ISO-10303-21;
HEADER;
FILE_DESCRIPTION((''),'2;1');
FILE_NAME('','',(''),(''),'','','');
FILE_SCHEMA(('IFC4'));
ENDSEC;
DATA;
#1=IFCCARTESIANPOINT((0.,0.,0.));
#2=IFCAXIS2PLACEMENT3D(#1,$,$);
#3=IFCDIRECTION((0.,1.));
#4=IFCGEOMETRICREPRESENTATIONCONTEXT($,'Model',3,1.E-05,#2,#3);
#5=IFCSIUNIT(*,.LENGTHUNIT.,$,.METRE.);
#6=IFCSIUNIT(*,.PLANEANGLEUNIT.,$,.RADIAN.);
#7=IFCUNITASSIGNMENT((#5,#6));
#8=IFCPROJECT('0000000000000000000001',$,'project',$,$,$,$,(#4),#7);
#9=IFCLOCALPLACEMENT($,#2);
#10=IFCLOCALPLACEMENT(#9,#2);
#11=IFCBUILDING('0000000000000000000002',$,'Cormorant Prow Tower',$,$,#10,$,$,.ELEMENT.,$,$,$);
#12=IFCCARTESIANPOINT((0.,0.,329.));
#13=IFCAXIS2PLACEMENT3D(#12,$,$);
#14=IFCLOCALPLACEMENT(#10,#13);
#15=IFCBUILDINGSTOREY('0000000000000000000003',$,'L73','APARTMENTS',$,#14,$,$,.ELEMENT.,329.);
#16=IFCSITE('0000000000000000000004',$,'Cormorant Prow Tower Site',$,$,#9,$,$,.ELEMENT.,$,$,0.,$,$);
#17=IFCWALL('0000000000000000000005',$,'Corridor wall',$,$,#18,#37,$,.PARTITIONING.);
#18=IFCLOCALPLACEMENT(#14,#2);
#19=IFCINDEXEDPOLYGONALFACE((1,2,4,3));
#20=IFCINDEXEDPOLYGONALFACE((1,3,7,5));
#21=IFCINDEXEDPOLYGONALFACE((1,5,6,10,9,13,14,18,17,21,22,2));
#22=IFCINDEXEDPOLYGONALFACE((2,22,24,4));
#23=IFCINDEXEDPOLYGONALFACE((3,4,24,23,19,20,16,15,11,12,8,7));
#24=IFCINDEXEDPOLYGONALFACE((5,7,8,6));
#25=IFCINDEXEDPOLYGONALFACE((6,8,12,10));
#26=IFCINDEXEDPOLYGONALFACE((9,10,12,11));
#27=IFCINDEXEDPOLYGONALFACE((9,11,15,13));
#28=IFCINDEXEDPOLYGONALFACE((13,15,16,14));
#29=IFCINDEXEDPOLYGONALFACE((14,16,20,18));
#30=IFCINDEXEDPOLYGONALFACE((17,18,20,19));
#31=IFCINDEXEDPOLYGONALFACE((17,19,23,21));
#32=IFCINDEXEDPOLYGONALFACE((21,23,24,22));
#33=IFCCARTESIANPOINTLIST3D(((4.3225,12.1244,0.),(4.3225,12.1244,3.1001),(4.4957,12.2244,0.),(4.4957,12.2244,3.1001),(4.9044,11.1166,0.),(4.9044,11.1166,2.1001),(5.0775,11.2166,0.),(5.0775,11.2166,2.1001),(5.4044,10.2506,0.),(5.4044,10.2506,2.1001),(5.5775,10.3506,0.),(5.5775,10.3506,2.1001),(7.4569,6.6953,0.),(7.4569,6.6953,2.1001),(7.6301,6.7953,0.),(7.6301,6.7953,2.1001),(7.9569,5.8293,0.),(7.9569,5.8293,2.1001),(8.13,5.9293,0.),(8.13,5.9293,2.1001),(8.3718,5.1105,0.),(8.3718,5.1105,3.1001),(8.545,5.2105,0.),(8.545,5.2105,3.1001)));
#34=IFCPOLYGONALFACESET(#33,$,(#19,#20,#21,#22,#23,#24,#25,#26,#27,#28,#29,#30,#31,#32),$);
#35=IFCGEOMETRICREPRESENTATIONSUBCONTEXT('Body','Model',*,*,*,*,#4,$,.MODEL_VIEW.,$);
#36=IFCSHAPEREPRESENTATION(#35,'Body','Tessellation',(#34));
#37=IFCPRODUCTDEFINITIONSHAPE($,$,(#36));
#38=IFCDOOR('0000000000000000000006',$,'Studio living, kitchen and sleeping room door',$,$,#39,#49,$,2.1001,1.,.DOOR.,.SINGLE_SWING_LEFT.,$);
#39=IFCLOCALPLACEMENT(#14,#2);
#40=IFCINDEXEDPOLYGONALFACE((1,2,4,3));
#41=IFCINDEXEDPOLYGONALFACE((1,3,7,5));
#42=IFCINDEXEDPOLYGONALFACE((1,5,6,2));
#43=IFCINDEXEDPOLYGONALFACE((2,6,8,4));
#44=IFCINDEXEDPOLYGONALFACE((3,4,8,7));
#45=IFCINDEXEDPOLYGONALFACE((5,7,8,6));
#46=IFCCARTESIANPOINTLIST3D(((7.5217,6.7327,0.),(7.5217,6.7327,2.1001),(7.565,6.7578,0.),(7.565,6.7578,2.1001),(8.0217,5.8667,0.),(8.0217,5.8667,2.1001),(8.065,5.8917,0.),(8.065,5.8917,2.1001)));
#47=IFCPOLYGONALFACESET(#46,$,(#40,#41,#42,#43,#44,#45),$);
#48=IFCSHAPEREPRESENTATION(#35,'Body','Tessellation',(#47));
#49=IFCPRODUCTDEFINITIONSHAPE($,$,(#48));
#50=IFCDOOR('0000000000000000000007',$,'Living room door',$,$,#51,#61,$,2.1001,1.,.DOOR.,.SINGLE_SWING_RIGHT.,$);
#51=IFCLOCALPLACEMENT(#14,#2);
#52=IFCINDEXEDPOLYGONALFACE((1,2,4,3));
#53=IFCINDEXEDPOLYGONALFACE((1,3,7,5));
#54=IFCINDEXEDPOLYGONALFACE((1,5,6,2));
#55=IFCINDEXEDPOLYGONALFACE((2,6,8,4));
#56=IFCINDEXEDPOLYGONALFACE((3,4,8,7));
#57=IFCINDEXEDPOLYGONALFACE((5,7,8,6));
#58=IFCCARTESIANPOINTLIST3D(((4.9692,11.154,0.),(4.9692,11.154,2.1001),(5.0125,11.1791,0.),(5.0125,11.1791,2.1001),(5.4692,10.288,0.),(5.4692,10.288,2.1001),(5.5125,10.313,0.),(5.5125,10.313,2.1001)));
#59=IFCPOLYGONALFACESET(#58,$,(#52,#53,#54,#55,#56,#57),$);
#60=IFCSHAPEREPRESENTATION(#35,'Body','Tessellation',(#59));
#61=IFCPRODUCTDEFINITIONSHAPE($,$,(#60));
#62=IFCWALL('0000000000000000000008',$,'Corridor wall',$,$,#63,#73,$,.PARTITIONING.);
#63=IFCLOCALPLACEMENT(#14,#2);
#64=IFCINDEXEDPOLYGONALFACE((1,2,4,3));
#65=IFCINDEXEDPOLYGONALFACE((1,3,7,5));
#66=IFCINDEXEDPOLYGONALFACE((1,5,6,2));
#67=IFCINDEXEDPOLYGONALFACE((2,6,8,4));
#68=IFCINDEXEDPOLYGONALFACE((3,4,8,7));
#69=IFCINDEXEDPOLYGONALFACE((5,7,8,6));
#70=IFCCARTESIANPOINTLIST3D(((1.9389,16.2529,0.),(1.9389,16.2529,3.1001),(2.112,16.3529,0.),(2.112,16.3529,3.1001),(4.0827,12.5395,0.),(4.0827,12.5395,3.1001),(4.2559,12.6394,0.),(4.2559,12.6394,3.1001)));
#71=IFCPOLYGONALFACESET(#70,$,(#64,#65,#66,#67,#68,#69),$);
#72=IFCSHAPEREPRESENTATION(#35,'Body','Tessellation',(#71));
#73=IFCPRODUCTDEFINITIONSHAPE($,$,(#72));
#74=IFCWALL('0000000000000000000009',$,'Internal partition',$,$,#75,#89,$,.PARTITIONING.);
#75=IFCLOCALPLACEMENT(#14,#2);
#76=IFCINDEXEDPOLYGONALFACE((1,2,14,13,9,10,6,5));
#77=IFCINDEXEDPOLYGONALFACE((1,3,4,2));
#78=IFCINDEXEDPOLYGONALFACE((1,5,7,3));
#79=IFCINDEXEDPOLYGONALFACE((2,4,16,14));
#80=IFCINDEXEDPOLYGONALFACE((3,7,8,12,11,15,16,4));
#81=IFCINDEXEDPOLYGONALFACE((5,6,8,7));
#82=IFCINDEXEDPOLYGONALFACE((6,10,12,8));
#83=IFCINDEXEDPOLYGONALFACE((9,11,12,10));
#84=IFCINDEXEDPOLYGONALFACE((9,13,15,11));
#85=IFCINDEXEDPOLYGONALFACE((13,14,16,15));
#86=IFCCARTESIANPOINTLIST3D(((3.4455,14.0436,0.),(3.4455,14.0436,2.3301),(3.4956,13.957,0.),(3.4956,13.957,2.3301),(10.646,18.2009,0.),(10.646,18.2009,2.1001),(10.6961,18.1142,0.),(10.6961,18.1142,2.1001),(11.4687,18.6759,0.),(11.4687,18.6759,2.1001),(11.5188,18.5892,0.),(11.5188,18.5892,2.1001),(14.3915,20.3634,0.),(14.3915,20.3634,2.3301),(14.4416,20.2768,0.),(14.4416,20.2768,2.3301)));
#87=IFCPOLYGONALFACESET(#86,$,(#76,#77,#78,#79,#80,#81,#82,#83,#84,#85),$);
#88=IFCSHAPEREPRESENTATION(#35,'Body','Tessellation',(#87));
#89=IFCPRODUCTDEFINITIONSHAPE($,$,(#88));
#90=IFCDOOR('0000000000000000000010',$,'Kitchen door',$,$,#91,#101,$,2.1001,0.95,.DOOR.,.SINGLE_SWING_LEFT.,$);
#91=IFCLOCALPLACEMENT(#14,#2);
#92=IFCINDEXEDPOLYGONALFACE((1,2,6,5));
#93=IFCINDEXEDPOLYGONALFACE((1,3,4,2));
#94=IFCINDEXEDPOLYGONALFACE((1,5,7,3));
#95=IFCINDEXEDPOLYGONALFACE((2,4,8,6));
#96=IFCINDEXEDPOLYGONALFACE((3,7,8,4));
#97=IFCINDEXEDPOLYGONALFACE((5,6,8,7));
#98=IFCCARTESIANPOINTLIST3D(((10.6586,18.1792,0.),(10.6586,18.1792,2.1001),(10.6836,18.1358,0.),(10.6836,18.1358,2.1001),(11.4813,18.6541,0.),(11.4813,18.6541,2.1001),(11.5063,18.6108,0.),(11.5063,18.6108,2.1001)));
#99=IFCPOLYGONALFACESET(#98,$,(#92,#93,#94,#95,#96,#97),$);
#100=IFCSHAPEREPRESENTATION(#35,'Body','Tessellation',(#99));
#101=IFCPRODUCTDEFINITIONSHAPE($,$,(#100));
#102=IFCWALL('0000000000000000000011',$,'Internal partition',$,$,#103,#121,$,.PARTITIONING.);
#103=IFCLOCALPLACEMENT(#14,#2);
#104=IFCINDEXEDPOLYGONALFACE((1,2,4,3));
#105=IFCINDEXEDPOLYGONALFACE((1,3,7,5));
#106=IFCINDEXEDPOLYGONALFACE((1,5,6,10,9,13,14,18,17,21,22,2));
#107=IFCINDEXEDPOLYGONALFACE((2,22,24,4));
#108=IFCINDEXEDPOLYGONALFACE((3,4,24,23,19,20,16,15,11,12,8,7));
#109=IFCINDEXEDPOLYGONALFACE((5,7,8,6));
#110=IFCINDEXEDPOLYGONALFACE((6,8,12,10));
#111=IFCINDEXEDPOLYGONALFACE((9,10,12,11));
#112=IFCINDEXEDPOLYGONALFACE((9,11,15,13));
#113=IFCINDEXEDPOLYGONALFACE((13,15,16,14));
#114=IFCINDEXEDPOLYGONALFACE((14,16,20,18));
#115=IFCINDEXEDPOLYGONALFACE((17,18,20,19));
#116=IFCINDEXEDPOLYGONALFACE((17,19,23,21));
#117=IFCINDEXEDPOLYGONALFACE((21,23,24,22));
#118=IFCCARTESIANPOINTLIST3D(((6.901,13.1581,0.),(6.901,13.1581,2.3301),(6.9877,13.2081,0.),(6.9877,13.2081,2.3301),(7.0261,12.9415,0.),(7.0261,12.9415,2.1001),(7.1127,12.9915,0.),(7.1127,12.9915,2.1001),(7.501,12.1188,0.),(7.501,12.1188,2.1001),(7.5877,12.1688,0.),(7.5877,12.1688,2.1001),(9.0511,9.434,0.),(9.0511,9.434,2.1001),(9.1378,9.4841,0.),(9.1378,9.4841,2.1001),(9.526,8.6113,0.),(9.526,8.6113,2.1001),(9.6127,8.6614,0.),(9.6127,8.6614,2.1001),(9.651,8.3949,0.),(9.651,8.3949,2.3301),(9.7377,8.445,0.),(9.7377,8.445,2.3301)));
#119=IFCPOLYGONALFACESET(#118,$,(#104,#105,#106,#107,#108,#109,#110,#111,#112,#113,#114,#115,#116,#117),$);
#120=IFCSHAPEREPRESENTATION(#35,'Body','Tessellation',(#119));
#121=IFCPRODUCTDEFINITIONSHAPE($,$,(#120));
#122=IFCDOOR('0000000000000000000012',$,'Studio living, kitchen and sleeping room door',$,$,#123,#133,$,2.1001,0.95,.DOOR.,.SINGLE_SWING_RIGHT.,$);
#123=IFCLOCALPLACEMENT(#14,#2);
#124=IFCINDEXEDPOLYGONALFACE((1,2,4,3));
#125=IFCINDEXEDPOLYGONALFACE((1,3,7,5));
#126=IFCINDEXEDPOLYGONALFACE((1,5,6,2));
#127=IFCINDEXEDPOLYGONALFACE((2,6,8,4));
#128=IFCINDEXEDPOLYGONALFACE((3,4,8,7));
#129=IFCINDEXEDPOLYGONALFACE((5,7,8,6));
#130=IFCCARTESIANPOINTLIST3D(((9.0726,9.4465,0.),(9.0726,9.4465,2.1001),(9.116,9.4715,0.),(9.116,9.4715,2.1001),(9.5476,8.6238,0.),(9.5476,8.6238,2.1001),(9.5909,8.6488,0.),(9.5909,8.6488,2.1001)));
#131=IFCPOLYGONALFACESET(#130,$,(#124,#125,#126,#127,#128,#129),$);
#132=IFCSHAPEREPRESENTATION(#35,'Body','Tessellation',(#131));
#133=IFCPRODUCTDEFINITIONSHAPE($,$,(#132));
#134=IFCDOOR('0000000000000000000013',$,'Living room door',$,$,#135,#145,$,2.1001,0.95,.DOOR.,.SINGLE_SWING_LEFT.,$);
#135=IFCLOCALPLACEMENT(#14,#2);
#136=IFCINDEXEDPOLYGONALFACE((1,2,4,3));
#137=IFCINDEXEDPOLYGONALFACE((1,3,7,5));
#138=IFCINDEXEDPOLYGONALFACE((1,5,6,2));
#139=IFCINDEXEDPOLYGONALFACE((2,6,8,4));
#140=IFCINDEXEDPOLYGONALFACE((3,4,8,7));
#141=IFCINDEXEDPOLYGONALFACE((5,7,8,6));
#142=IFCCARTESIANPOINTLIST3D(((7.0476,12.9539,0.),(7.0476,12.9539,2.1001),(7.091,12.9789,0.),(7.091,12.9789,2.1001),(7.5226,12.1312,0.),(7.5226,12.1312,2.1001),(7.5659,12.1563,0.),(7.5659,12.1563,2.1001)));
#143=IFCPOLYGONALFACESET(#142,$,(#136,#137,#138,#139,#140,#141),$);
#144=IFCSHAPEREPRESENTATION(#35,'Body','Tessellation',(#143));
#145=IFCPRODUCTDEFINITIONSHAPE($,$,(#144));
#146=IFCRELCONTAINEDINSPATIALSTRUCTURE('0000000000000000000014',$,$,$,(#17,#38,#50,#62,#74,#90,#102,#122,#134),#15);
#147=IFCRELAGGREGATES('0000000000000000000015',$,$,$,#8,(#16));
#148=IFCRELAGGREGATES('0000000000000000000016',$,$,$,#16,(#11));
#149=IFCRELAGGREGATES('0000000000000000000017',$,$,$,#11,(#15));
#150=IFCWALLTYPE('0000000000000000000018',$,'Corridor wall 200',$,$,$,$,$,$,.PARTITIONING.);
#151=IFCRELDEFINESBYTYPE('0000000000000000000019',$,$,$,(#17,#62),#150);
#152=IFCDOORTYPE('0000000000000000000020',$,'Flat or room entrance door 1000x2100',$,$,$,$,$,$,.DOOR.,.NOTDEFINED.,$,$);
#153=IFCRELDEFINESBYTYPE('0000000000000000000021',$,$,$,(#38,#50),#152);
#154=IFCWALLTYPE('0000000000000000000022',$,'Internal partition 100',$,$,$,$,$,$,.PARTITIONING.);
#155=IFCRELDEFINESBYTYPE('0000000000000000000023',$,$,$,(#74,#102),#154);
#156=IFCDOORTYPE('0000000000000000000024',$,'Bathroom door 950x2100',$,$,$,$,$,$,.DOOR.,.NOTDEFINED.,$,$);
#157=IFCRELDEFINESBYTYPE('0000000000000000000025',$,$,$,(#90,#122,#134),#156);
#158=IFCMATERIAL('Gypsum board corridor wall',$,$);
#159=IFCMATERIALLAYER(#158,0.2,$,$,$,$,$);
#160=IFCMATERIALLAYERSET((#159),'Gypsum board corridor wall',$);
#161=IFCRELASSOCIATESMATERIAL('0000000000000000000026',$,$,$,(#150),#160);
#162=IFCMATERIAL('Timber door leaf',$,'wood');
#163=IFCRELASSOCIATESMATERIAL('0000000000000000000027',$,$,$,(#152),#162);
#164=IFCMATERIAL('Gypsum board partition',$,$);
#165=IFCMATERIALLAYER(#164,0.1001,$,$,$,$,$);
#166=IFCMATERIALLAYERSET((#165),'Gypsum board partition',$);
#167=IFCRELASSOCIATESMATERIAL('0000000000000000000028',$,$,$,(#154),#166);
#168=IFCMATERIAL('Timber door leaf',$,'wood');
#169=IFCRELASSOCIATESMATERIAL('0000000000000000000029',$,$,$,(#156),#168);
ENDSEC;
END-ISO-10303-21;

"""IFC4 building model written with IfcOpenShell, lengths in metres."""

from ifc_helpers import new_model, si_unit, direction, frame, frame_2d, origin, place, context, subcontext, project, spatial, rectangle, extrude, material, layer, layer_set, type_object, element, fill, save


model = new_model("IFC4")

# Units and contexts
model_context = context("Model", 3, precision=1e-05, world=origin(), true_north=direction((0.0, 1.0)))
body_context = subcontext(model_context, "Body", "Model", "MODEL_VIEW")
ifc_project = project(units=[si_unit("LENGTHUNIT", "METRE"), si_unit("PLANEANGLEUNIT", "RADIAN")], contexts=[model_context])

# Site, building, storey
site_placement = place(None, origin())
site = spatial("IfcSite", under=ifc_project, at=site_placement, Name="Cormorant Prow Tower Site", CompositionType="ELEMENT", RefElevation=0.0)
building_placement = place(site_placement, origin())
building = spatial("IfcBuilding", under=site, at=building_placement, Name="Cormorant Prow Tower", CompositionType="ELEMENT")
storey_placement = place(building_placement, frame((0.0, 0.0, 329.0)))
storey = spatial("IfcBuildingStorey", under=building, at=storey_placement, Name="L73", Description="APARTMENTS", CompositionType="ELEMENT", Elevation=329.0)

# Wall, openings, doors
ifc_material_1 = material(Name="Gypsum board corridor wall")
ifc_layer_1 = layer(ifc_material_1, 0.2)
ifc_layer_set_1 = layer_set([ifc_layer_1], Name="Gypsum board corridor wall")
wall_type_1 = type_object("IfcWallType", Name="Corridor wall 200", PredefinedType="PARTITIONING", material=ifc_layer_set_1)
wall_1_placement = place(storey_placement, frame((4.4092, 12.1743, 0.0), z_axis=(0.0, 0.0, 1.0), x_axis=(0.499984, -0.866034, 0.0)))
wall_1 = element("IfcWall", 1, at=wall_1_placement, inside=storey, type_object=wall_type_1, Name="Corridor wall", PredefinedType="PARTITIONING", context=body_context, shape_type="SweptSolid", body=[
    extrude(rectangle(XDim=8.0989, YDim=0.2, at=frame_2d((4.0493, 0.0))), origin(), (0.0, 0.0, 1.0), 3.1001),
])
opening_1_placement = place(wall_1_placement, frame((6.2688, 0.0, 0.0)))
opening_1 = element("IfcOpeningElement", 2, at=opening_1_placement, cuts=wall_1, PredefinedType="OPENING", context=body_context, shape_type="SweptSolid", body=[
    extrude(rectangle(XDim=1.0, YDim=2.1001, at=frame_2d((0.5, 1.05))), frame((0.0, 0.1099, 0.0), z_axis=(0.0, -1.0, 0.0), x_axis=(1.0, 0.0, 0.0)), (0.0, 0.0, 1.0), 0.22),
])
opening_2_placement = place(wall_1_placement, frame((1.1636, 0.0, 0.0)))
opening_2 = element("IfcOpeningElement", 3, at=opening_2_placement, cuts=wall_1, PredefinedType="OPENING", context=body_context, shape_type="SweptSolid", body=[
    extrude(rectangle(XDim=1.0, YDim=2.1001, at=frame_2d((0.5, 1.05))), frame((0.0, 0.1099, 0.0), z_axis=(0.0, -1.0, 0.0), x_axis=(1.0, 0.0, 0.0)), (0.0, 0.0, 1.0), 0.22),
])
ifc_material_2 = material(Name="Timber door leaf", Category="wood")
door_type_1 = type_object("IfcDoorType", Name="Flat or room entrance door 1000x2100", OperationType="NOTDEFINED", PredefinedType="DOOR", material=ifc_material_2)
door_1_placement = place(opening_1_placement, origin())
door_1 = element("IfcDoor", 4, at=door_1_placement, inside=storey, type_object=door_type_1, Name="Studio living, kitchen and sleeping room door", OperationType="SINGLE_SWING_LEFT", OverallHeight=2.1001, OverallWidth=1.0, PredefinedType="DOOR", context=body_context, shape_type="SweptSolid", body=[
    extrude(rectangle(XDim=1.0, YDim=2.1001, at=frame_2d((0.5, 1.05))), frame((0.0, 0.0249, 0.0), z_axis=(0.0, -1.0, 0.0), x_axis=(1.0, 0.0, 0.0)), (0.0, 0.0, 1.0), 0.05),
])
fill(opening_1, door_1)
door_2_placement = place(opening_2_placement, origin())
door_2 = element("IfcDoor", 5, at=door_2_placement, inside=storey, type_object=door_type_1, Name="Living room door", OperationType="SINGLE_SWING_RIGHT", OverallHeight=2.1001, OverallWidth=1.0, PredefinedType="DOOR", context=body_context, shape_type="SweptSolid", body=[
    extrude(rectangle(XDim=1.0, YDim=2.1001, at=frame_2d((0.5, 1.05))), frame((0.0, 0.0249, 0.0), z_axis=(0.0, -1.0, 0.0), x_axis=(1.0, 0.0, 0.0)), (0.0, 0.0, 1.0), 0.05),
])
fill(opening_2, door_2)

# Wall
wall_2_placement = place(storey_placement, frame((2.0254, 16.303, 0.0), z_axis=(0.0, 0.0, 1.0), x_axis=(0.499979, -0.866038, 0.0)))
element("IfcWall", 6, at=wall_2_placement, inside=storey, type_object=wall_type_1, Name="Corridor wall", PredefinedType="PARTITIONING", context=body_context, shape_type="SweptSolid", body=[
    extrude(rectangle(XDim=4.2878, YDim=0.2, at=frame_2d((2.144, 0.0))), origin(), (0.0, 0.0, 1.0), 3.1001),
])

# Wall, opening, door
ifc_material_3 = material(Name="Gypsum board partition")
ifc_layer_2 = layer(ifc_material_3, 0.1001)
ifc_layer_set_2 = layer_set([ifc_layer_2], Name="Gypsum board partition")
wall_type_2 = type_object("IfcWallType", Name="Internal partition 100", PredefinedType="PARTITIONING", material=ifc_layer_set_2)
wall_3_placement = place(storey_placement, frame((3.4705, 14.0002, 0.0), z_axis=(0.0, 0.0, 1.0), x_axis=(0.866021, 0.500007, 0.0)))
wall_3 = element("IfcWall", 7, at=wall_3_placement, inside=storey, type_object=wall_type_2, Name="Internal partition", PredefinedType="PARTITIONING", context=body_context, shape_type="SweptSolid", body=[
    extrude(rectangle(XDim=12.6394, YDim=0.1001, at=frame_2d((6.3198, 0.0))), origin(), (0.0, 0.0, 1.0), 2.3301),
])
opening_3_placement = place(wall_3_placement, frame((8.3145, 0.0, 0.0)))
opening_3 = element("IfcOpeningElement", 8, at=opening_3_placement, cuts=wall_3, PredefinedType="OPENING", context=body_context, shape_type="SweptSolid", body=[
    extrude(rectangle(XDim=0.95, YDim=2.1001, at=frame_2d((0.4751, 1.05))), frame((0.0, 0.0601, 0.0), z_axis=(0.0, -1.0, 0.0), x_axis=(1.0, 0.0, 0.0)), (0.0, 0.0, 1.0), 0.1201),
])
ifc_material_4 = material(Name="Timber door leaf", Category="wood")
door_type_2 = type_object("IfcDoorType", Name="Bathroom door 950x2100", OperationType="NOTDEFINED", PredefinedType="DOOR", material=ifc_material_4)
door_3_placement = place(opening_3_placement, origin())
door_3 = element("IfcDoor", 9, at=door_3_placement, inside=storey, type_object=door_type_2, Name="Kitchen door", OperationType="SINGLE_SWING_LEFT", OverallHeight=2.1001, OverallWidth=0.95, PredefinedType="DOOR", context=body_context, shape_type="SweptSolid", body=[
    extrude(rectangle(XDim=0.95, YDim=2.1001, at=frame_2d((0.4751, 1.05))), frame((0.0, 0.0249, 0.0), z_axis=(0.0, -1.0, 0.0), x_axis=(1.0, 0.0, 0.0)), (0.0, 0.0, 1.0), 0.05),
])
fill(opening_3, door_3)

# Wall, openings, doors
wall_4_placement = place(storey_placement, frame((6.9443, 13.1831, 0.0), z_axis=(0.0, 0.0, 1.0), x_axis=(0.499997, -0.866027, 0.0)))
wall_4 = element("IfcWall", 10, at=wall_4_placement, inside=storey, type_object=wall_type_2, Name="Internal partition", PredefinedType="PARTITIONING", context=body_context, shape_type="SweptSolid", body=[
    extrude(rectangle(XDim=5.5, YDim=0.1001, at=frame_2d((2.75, 0.0))), origin(), (0.0, 0.0, 1.0), 2.3301),
])
opening_4_placement = place(wall_4_placement, frame((4.3, 0.0, 0.0)))
opening_4 = element("IfcOpeningElement", 11, at=opening_4_placement, cuts=wall_4, PredefinedType="OPENING", context=body_context, shape_type="SweptSolid", body=[
    extrude(rectangle(XDim=0.95, YDim=2.1001, at=frame_2d((0.4751, 1.05))), frame((0.0, 0.0601, 0.0), z_axis=(0.0, -1.0, 0.0), x_axis=(1.0, 0.0, 0.0)), (0.0, 0.0, 1.0), 0.1201),
])
opening_5_placement = place(wall_4_placement, frame((0.25, 0.0, 0.0)))
opening_5 = element("IfcOpeningElement", 12, at=opening_5_placement, cuts=wall_4, PredefinedType="OPENING", context=body_context, shape_type="SweptSolid", body=[
    extrude(rectangle(XDim=0.95, YDim=2.1001, at=frame_2d((0.4751, 1.05))), frame((0.0, 0.0601, 0.0), z_axis=(0.0, -1.0, 0.0), x_axis=(1.0, 0.0, 0.0)), (0.0, 0.0, 1.0), 0.1201),
])
door_4_placement = place(opening_4_placement, origin())
door_4 = element("IfcDoor", 13, at=door_4_placement, inside=storey, type_object=door_type_2, Name="Studio living, kitchen and sleeping room door", OperationType="SINGLE_SWING_RIGHT", OverallHeight=2.1001, OverallWidth=0.95, PredefinedType="DOOR", context=body_context, shape_type="SweptSolid", body=[
    extrude(rectangle(XDim=0.95, YDim=2.1001, at=frame_2d((0.4751, 1.05))), frame((0.0, 0.0249, 0.0), z_axis=(0.0, -1.0, 0.0), x_axis=(1.0, 0.0, 0.0)), (0.0, 0.0, 1.0), 0.05),
])
fill(opening_4, door_4)
door_5_placement = place(opening_5_placement, origin())
door_5 = element("IfcDoor", 14, at=door_5_placement, inside=storey, type_object=door_type_2, Name="Living room door", OperationType="SINGLE_SWING_LEFT", OverallHeight=2.1001, OverallWidth=0.95, PredefinedType="DOOR", context=body_context, shape_type="SweptSolid", body=[
    extrude(rectangle(XDim=0.95, YDim=2.1001, at=frame_2d((0.4751, 1.05))), frame((0.0, 0.0249, 0.0), z_axis=(0.0, -1.0, 0.0), x_axis=(1.0, 0.0, 0.0)), (0.0, 0.0, 1.0), 0.05),
])
fill(opening_5, door_5)

save(model, "model.ifc")
